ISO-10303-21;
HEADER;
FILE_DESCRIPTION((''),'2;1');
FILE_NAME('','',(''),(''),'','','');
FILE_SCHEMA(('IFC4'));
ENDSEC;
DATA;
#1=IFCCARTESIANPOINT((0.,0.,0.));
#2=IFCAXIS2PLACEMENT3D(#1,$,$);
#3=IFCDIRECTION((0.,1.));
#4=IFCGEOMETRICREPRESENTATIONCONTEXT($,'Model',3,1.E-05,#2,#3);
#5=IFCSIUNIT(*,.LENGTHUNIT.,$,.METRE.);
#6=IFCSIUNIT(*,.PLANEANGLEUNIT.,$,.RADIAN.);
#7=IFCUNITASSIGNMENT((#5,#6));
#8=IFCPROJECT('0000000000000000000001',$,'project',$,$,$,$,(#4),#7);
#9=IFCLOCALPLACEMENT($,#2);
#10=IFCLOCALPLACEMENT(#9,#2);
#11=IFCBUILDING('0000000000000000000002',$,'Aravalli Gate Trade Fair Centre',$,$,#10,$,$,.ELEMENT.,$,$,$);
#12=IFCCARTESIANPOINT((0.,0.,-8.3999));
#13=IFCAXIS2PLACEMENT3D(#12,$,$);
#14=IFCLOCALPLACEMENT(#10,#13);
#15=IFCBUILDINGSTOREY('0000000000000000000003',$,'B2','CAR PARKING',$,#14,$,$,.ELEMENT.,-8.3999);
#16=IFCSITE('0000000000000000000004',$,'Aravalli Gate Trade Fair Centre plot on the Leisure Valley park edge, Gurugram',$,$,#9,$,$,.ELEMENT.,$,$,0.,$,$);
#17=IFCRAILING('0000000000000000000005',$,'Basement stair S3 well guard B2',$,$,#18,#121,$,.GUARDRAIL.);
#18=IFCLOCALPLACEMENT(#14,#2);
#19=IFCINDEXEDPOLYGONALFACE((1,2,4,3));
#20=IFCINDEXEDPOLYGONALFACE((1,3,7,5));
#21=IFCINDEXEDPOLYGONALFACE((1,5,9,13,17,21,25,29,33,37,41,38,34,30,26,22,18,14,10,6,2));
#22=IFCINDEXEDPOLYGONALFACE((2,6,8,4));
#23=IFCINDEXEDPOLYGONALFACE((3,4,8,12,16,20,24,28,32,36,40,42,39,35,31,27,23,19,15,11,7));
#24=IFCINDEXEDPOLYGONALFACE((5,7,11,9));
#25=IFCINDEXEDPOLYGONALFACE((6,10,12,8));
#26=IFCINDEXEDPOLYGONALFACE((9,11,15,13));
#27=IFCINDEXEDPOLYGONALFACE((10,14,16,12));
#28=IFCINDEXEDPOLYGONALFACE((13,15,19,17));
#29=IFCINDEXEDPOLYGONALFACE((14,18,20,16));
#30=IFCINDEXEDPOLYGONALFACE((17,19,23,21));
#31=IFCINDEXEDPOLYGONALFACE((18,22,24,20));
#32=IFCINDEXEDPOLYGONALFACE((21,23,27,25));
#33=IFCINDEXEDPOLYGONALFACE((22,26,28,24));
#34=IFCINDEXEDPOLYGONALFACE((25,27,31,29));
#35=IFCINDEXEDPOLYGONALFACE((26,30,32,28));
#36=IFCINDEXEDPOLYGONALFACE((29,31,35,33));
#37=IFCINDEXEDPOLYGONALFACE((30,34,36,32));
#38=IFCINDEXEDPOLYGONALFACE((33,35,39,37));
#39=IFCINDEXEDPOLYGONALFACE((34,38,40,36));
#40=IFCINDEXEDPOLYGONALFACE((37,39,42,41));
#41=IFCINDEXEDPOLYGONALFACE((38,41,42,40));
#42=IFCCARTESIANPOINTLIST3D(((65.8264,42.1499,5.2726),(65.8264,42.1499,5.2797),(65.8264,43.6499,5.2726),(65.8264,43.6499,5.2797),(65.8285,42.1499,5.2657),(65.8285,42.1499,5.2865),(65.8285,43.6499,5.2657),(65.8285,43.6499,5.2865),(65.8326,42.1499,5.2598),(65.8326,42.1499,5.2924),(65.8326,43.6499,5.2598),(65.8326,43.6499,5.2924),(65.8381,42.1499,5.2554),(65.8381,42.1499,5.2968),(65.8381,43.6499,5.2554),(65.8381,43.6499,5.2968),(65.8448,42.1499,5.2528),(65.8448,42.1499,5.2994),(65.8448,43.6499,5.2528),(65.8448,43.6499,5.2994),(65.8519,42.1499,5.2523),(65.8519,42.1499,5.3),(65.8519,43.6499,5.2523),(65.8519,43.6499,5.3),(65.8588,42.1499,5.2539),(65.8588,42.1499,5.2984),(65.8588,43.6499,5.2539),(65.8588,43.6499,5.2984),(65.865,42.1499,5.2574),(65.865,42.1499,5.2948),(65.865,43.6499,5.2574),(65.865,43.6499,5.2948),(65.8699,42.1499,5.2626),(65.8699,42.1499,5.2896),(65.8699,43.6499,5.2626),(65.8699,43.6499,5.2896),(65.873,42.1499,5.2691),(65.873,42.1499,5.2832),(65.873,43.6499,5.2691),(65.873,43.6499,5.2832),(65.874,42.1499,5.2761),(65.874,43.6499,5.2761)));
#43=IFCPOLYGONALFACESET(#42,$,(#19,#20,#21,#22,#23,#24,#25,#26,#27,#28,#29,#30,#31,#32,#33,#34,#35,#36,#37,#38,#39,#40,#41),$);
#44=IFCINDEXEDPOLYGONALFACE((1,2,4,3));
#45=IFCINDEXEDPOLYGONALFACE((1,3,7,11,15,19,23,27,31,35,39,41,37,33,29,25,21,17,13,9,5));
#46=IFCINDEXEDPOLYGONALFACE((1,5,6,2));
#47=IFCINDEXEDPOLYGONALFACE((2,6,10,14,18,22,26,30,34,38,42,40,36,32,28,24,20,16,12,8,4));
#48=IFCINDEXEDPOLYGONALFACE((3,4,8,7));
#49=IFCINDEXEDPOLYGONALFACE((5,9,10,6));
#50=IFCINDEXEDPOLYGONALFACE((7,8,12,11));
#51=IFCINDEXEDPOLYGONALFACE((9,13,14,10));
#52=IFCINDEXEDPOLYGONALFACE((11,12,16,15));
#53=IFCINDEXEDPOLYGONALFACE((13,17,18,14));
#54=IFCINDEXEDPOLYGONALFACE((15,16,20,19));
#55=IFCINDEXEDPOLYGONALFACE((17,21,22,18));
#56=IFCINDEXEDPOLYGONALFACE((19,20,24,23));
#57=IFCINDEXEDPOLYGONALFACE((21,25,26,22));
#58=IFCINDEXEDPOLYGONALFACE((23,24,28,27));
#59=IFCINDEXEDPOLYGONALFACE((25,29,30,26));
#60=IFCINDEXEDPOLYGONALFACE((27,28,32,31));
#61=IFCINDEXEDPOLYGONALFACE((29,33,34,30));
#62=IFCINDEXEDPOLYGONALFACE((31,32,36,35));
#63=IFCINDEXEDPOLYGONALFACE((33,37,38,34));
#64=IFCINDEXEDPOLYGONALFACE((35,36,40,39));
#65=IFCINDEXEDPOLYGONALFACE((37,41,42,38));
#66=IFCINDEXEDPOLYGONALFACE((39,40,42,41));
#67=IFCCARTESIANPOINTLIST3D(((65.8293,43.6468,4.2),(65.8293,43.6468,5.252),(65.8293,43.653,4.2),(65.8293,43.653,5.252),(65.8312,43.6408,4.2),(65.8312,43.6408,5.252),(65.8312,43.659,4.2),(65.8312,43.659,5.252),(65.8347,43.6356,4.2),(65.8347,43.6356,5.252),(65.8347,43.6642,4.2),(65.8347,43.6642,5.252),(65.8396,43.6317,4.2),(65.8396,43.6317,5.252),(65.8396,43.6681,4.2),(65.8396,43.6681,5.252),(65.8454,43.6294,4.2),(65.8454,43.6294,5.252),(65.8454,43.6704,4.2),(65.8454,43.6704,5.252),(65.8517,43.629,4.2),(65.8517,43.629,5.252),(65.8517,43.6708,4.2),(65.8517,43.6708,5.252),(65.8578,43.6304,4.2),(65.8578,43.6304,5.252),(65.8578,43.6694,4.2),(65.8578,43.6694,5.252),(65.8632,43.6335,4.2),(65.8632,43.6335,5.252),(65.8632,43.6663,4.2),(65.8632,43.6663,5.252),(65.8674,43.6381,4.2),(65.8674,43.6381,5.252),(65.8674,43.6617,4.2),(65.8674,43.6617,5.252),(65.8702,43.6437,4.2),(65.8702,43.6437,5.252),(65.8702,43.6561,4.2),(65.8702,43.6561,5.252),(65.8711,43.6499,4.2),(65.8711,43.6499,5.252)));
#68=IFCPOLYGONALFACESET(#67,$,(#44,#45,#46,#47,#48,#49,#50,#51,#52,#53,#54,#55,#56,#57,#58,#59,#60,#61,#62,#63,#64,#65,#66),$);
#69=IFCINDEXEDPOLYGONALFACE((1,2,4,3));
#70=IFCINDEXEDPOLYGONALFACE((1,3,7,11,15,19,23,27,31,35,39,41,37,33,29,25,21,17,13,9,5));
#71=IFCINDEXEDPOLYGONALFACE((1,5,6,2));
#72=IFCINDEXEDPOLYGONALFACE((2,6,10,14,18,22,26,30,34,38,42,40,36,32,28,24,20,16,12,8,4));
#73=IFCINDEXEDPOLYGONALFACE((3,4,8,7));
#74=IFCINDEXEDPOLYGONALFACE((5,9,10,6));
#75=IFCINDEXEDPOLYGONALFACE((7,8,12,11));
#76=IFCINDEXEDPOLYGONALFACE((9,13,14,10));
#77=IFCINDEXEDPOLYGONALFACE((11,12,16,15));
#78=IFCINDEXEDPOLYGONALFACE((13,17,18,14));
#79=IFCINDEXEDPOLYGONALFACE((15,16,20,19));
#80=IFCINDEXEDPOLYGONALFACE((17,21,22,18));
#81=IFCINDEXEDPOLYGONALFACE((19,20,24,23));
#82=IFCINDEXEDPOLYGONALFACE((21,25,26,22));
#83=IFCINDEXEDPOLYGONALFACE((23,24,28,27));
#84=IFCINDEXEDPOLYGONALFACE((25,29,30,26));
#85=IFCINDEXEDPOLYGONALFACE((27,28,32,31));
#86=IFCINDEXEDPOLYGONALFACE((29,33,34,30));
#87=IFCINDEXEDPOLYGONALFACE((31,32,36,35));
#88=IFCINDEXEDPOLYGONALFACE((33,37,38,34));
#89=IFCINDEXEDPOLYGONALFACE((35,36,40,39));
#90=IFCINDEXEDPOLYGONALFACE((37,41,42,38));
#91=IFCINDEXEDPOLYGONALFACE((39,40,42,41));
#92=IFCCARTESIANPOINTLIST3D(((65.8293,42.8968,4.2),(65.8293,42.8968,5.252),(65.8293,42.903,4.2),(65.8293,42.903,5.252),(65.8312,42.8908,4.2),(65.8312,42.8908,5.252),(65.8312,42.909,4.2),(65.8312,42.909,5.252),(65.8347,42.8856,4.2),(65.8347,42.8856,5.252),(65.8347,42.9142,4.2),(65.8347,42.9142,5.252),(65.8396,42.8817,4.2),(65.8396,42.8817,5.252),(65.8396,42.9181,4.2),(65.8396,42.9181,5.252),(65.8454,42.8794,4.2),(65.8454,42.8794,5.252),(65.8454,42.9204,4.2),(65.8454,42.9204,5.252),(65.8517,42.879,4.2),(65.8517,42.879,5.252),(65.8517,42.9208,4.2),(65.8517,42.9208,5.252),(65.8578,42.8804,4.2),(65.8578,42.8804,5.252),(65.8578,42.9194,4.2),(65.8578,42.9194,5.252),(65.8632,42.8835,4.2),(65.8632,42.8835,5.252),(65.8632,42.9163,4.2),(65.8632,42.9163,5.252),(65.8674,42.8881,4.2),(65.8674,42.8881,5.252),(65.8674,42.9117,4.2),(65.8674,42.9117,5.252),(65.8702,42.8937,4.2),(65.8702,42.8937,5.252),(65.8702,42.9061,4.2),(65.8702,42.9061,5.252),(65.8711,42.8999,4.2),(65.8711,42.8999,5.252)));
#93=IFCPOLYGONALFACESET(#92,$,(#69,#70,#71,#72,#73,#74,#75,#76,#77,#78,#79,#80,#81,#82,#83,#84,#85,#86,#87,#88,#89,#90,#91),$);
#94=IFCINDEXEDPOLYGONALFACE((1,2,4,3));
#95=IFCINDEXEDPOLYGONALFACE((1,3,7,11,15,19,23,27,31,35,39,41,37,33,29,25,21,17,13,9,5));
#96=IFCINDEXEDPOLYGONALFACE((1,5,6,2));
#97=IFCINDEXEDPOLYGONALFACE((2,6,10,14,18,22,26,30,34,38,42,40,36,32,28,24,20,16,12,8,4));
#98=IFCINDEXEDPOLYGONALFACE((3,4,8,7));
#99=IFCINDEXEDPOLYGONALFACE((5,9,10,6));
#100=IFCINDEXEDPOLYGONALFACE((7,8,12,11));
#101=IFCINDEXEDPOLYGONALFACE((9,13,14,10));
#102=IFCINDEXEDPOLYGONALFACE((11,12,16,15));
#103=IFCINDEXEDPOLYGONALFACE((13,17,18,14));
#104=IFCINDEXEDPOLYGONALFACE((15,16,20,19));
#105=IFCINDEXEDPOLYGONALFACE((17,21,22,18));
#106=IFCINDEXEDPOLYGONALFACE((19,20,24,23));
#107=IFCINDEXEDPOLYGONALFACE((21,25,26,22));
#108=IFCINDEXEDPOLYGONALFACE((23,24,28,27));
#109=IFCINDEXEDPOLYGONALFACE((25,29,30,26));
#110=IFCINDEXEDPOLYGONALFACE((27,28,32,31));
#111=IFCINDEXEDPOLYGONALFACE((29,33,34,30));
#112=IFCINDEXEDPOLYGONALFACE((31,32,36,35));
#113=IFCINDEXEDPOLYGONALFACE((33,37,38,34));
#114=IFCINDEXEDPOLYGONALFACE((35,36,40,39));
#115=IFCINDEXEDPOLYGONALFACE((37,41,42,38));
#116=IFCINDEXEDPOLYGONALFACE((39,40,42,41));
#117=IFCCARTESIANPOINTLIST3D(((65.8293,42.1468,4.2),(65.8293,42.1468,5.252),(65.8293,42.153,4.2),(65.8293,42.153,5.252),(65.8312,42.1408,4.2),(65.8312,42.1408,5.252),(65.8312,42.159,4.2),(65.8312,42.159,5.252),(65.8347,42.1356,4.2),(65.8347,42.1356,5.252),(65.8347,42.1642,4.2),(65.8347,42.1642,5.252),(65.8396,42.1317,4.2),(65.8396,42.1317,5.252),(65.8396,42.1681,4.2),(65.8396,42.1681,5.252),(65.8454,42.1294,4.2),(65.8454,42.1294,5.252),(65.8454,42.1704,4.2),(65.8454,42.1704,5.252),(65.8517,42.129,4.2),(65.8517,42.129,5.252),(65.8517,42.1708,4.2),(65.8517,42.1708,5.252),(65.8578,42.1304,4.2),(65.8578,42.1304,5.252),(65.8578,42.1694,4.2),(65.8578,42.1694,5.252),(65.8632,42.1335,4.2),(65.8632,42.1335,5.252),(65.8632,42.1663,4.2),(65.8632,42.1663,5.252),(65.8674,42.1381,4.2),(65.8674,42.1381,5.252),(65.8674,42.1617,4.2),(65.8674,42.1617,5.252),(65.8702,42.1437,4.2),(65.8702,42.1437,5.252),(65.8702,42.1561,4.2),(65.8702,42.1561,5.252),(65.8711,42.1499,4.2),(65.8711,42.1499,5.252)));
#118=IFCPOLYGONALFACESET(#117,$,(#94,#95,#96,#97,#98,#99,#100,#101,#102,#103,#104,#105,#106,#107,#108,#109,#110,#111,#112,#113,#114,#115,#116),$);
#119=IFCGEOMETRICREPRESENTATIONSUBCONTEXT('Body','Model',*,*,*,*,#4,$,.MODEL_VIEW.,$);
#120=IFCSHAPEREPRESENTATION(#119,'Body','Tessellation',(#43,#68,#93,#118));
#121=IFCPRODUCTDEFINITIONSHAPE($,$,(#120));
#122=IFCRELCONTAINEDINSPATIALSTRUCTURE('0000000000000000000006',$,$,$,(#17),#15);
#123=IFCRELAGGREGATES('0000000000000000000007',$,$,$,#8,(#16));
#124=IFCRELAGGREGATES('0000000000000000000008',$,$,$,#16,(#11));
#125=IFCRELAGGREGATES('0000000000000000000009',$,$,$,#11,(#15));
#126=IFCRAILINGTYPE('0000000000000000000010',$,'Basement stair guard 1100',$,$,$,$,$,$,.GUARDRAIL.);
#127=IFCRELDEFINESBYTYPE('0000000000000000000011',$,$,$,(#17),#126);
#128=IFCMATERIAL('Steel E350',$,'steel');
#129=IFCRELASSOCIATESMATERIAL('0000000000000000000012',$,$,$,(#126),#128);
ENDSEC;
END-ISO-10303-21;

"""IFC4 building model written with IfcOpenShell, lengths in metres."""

from ifc_helpers import new_model, si_unit, direction, frame, origin, origin_2d, place, context, subcontext, project, spatial, circle, extrude, material, type_object, element, save


model = new_model("IFC4")

# Units and contexts
model_context = context("Model", 3, precision=1e-05, world=origin(), true_north=direction((0.0, 1.0)))
body_context = subcontext(model_context, "Body", "Model", "MODEL_VIEW")
ifc_project = project(units=[si_unit("LENGTHUNIT", "METRE"), si_unit("PLANEANGLEUNIT", "RADIAN")], contexts=[model_context])

# Site, building, storey
site_placement = place(None, origin())
site = spatial("IfcSite", under=ifc_project, at=site_placement, Name="Aravalli Gate Trade Fair Centre plot on the Leisure Valley park edge, Gurugram", CompositionType="ELEMENT", RefElevation=0.0)
building_placement = place(site_placement, origin())
building = spatial("IfcBuilding", under=site, at=building_placement, Name="Aravalli Gate Trade Fair Centre", CompositionType="ELEMENT")
storey_placement = place(building_placement, frame((0.0, 0.0, -8.3999)))
storey = spatial("IfcBuildingStorey", under=building, at=storey_placement, Name="B2", Description="CAR PARKING", CompositionType="ELEMENT", Elevation=-8.3999)

# Railing
ifc_material_1 = material(Name="Steel E350", Category="steel")
railing_type_1 = type_object("IfcRailingType", Name="Basement stair guard 1100", PredefinedType="GUARDRAIL", material=ifc_material_1)
railing_1_placement = place(storey_placement, frame((65.8501, 43.6499, 4.2)))
element("IfcRailing", 1, at=railing_1_placement, inside=storey, type_object=railing_type_1, Name="Basement stair S3 well guard B2", PredefinedType="GUARDRAIL", context=body_context, shape_type="SweptSolid", body=[
    extrude(circle(Radius=0.0239, at=origin_2d()), frame((0.0, 0.0, 1.0762), z_axis=(0.0, -1.0, 0.0), x_axis=(1.0, 0.0, 0.0)), (0.0, 0.0, 1.0), 1.5),
    extrude(circle(Radius=0.021, at=origin_2d()), origin(), (0.0, 0.0, 1.0), 1.052),
    extrude(circle(Radius=0.021, at=origin_2d()), frame((0.0, -0.75, 0.0)), (0.0, 0.0, 1.0), 1.052),
    extrude(circle(Radius=0.021, at=origin_2d()), frame((0.0, -1.5, 0.0)), (0.0, 0.0, 1.0), 1.052),
])

save(model, "model.ifc")
